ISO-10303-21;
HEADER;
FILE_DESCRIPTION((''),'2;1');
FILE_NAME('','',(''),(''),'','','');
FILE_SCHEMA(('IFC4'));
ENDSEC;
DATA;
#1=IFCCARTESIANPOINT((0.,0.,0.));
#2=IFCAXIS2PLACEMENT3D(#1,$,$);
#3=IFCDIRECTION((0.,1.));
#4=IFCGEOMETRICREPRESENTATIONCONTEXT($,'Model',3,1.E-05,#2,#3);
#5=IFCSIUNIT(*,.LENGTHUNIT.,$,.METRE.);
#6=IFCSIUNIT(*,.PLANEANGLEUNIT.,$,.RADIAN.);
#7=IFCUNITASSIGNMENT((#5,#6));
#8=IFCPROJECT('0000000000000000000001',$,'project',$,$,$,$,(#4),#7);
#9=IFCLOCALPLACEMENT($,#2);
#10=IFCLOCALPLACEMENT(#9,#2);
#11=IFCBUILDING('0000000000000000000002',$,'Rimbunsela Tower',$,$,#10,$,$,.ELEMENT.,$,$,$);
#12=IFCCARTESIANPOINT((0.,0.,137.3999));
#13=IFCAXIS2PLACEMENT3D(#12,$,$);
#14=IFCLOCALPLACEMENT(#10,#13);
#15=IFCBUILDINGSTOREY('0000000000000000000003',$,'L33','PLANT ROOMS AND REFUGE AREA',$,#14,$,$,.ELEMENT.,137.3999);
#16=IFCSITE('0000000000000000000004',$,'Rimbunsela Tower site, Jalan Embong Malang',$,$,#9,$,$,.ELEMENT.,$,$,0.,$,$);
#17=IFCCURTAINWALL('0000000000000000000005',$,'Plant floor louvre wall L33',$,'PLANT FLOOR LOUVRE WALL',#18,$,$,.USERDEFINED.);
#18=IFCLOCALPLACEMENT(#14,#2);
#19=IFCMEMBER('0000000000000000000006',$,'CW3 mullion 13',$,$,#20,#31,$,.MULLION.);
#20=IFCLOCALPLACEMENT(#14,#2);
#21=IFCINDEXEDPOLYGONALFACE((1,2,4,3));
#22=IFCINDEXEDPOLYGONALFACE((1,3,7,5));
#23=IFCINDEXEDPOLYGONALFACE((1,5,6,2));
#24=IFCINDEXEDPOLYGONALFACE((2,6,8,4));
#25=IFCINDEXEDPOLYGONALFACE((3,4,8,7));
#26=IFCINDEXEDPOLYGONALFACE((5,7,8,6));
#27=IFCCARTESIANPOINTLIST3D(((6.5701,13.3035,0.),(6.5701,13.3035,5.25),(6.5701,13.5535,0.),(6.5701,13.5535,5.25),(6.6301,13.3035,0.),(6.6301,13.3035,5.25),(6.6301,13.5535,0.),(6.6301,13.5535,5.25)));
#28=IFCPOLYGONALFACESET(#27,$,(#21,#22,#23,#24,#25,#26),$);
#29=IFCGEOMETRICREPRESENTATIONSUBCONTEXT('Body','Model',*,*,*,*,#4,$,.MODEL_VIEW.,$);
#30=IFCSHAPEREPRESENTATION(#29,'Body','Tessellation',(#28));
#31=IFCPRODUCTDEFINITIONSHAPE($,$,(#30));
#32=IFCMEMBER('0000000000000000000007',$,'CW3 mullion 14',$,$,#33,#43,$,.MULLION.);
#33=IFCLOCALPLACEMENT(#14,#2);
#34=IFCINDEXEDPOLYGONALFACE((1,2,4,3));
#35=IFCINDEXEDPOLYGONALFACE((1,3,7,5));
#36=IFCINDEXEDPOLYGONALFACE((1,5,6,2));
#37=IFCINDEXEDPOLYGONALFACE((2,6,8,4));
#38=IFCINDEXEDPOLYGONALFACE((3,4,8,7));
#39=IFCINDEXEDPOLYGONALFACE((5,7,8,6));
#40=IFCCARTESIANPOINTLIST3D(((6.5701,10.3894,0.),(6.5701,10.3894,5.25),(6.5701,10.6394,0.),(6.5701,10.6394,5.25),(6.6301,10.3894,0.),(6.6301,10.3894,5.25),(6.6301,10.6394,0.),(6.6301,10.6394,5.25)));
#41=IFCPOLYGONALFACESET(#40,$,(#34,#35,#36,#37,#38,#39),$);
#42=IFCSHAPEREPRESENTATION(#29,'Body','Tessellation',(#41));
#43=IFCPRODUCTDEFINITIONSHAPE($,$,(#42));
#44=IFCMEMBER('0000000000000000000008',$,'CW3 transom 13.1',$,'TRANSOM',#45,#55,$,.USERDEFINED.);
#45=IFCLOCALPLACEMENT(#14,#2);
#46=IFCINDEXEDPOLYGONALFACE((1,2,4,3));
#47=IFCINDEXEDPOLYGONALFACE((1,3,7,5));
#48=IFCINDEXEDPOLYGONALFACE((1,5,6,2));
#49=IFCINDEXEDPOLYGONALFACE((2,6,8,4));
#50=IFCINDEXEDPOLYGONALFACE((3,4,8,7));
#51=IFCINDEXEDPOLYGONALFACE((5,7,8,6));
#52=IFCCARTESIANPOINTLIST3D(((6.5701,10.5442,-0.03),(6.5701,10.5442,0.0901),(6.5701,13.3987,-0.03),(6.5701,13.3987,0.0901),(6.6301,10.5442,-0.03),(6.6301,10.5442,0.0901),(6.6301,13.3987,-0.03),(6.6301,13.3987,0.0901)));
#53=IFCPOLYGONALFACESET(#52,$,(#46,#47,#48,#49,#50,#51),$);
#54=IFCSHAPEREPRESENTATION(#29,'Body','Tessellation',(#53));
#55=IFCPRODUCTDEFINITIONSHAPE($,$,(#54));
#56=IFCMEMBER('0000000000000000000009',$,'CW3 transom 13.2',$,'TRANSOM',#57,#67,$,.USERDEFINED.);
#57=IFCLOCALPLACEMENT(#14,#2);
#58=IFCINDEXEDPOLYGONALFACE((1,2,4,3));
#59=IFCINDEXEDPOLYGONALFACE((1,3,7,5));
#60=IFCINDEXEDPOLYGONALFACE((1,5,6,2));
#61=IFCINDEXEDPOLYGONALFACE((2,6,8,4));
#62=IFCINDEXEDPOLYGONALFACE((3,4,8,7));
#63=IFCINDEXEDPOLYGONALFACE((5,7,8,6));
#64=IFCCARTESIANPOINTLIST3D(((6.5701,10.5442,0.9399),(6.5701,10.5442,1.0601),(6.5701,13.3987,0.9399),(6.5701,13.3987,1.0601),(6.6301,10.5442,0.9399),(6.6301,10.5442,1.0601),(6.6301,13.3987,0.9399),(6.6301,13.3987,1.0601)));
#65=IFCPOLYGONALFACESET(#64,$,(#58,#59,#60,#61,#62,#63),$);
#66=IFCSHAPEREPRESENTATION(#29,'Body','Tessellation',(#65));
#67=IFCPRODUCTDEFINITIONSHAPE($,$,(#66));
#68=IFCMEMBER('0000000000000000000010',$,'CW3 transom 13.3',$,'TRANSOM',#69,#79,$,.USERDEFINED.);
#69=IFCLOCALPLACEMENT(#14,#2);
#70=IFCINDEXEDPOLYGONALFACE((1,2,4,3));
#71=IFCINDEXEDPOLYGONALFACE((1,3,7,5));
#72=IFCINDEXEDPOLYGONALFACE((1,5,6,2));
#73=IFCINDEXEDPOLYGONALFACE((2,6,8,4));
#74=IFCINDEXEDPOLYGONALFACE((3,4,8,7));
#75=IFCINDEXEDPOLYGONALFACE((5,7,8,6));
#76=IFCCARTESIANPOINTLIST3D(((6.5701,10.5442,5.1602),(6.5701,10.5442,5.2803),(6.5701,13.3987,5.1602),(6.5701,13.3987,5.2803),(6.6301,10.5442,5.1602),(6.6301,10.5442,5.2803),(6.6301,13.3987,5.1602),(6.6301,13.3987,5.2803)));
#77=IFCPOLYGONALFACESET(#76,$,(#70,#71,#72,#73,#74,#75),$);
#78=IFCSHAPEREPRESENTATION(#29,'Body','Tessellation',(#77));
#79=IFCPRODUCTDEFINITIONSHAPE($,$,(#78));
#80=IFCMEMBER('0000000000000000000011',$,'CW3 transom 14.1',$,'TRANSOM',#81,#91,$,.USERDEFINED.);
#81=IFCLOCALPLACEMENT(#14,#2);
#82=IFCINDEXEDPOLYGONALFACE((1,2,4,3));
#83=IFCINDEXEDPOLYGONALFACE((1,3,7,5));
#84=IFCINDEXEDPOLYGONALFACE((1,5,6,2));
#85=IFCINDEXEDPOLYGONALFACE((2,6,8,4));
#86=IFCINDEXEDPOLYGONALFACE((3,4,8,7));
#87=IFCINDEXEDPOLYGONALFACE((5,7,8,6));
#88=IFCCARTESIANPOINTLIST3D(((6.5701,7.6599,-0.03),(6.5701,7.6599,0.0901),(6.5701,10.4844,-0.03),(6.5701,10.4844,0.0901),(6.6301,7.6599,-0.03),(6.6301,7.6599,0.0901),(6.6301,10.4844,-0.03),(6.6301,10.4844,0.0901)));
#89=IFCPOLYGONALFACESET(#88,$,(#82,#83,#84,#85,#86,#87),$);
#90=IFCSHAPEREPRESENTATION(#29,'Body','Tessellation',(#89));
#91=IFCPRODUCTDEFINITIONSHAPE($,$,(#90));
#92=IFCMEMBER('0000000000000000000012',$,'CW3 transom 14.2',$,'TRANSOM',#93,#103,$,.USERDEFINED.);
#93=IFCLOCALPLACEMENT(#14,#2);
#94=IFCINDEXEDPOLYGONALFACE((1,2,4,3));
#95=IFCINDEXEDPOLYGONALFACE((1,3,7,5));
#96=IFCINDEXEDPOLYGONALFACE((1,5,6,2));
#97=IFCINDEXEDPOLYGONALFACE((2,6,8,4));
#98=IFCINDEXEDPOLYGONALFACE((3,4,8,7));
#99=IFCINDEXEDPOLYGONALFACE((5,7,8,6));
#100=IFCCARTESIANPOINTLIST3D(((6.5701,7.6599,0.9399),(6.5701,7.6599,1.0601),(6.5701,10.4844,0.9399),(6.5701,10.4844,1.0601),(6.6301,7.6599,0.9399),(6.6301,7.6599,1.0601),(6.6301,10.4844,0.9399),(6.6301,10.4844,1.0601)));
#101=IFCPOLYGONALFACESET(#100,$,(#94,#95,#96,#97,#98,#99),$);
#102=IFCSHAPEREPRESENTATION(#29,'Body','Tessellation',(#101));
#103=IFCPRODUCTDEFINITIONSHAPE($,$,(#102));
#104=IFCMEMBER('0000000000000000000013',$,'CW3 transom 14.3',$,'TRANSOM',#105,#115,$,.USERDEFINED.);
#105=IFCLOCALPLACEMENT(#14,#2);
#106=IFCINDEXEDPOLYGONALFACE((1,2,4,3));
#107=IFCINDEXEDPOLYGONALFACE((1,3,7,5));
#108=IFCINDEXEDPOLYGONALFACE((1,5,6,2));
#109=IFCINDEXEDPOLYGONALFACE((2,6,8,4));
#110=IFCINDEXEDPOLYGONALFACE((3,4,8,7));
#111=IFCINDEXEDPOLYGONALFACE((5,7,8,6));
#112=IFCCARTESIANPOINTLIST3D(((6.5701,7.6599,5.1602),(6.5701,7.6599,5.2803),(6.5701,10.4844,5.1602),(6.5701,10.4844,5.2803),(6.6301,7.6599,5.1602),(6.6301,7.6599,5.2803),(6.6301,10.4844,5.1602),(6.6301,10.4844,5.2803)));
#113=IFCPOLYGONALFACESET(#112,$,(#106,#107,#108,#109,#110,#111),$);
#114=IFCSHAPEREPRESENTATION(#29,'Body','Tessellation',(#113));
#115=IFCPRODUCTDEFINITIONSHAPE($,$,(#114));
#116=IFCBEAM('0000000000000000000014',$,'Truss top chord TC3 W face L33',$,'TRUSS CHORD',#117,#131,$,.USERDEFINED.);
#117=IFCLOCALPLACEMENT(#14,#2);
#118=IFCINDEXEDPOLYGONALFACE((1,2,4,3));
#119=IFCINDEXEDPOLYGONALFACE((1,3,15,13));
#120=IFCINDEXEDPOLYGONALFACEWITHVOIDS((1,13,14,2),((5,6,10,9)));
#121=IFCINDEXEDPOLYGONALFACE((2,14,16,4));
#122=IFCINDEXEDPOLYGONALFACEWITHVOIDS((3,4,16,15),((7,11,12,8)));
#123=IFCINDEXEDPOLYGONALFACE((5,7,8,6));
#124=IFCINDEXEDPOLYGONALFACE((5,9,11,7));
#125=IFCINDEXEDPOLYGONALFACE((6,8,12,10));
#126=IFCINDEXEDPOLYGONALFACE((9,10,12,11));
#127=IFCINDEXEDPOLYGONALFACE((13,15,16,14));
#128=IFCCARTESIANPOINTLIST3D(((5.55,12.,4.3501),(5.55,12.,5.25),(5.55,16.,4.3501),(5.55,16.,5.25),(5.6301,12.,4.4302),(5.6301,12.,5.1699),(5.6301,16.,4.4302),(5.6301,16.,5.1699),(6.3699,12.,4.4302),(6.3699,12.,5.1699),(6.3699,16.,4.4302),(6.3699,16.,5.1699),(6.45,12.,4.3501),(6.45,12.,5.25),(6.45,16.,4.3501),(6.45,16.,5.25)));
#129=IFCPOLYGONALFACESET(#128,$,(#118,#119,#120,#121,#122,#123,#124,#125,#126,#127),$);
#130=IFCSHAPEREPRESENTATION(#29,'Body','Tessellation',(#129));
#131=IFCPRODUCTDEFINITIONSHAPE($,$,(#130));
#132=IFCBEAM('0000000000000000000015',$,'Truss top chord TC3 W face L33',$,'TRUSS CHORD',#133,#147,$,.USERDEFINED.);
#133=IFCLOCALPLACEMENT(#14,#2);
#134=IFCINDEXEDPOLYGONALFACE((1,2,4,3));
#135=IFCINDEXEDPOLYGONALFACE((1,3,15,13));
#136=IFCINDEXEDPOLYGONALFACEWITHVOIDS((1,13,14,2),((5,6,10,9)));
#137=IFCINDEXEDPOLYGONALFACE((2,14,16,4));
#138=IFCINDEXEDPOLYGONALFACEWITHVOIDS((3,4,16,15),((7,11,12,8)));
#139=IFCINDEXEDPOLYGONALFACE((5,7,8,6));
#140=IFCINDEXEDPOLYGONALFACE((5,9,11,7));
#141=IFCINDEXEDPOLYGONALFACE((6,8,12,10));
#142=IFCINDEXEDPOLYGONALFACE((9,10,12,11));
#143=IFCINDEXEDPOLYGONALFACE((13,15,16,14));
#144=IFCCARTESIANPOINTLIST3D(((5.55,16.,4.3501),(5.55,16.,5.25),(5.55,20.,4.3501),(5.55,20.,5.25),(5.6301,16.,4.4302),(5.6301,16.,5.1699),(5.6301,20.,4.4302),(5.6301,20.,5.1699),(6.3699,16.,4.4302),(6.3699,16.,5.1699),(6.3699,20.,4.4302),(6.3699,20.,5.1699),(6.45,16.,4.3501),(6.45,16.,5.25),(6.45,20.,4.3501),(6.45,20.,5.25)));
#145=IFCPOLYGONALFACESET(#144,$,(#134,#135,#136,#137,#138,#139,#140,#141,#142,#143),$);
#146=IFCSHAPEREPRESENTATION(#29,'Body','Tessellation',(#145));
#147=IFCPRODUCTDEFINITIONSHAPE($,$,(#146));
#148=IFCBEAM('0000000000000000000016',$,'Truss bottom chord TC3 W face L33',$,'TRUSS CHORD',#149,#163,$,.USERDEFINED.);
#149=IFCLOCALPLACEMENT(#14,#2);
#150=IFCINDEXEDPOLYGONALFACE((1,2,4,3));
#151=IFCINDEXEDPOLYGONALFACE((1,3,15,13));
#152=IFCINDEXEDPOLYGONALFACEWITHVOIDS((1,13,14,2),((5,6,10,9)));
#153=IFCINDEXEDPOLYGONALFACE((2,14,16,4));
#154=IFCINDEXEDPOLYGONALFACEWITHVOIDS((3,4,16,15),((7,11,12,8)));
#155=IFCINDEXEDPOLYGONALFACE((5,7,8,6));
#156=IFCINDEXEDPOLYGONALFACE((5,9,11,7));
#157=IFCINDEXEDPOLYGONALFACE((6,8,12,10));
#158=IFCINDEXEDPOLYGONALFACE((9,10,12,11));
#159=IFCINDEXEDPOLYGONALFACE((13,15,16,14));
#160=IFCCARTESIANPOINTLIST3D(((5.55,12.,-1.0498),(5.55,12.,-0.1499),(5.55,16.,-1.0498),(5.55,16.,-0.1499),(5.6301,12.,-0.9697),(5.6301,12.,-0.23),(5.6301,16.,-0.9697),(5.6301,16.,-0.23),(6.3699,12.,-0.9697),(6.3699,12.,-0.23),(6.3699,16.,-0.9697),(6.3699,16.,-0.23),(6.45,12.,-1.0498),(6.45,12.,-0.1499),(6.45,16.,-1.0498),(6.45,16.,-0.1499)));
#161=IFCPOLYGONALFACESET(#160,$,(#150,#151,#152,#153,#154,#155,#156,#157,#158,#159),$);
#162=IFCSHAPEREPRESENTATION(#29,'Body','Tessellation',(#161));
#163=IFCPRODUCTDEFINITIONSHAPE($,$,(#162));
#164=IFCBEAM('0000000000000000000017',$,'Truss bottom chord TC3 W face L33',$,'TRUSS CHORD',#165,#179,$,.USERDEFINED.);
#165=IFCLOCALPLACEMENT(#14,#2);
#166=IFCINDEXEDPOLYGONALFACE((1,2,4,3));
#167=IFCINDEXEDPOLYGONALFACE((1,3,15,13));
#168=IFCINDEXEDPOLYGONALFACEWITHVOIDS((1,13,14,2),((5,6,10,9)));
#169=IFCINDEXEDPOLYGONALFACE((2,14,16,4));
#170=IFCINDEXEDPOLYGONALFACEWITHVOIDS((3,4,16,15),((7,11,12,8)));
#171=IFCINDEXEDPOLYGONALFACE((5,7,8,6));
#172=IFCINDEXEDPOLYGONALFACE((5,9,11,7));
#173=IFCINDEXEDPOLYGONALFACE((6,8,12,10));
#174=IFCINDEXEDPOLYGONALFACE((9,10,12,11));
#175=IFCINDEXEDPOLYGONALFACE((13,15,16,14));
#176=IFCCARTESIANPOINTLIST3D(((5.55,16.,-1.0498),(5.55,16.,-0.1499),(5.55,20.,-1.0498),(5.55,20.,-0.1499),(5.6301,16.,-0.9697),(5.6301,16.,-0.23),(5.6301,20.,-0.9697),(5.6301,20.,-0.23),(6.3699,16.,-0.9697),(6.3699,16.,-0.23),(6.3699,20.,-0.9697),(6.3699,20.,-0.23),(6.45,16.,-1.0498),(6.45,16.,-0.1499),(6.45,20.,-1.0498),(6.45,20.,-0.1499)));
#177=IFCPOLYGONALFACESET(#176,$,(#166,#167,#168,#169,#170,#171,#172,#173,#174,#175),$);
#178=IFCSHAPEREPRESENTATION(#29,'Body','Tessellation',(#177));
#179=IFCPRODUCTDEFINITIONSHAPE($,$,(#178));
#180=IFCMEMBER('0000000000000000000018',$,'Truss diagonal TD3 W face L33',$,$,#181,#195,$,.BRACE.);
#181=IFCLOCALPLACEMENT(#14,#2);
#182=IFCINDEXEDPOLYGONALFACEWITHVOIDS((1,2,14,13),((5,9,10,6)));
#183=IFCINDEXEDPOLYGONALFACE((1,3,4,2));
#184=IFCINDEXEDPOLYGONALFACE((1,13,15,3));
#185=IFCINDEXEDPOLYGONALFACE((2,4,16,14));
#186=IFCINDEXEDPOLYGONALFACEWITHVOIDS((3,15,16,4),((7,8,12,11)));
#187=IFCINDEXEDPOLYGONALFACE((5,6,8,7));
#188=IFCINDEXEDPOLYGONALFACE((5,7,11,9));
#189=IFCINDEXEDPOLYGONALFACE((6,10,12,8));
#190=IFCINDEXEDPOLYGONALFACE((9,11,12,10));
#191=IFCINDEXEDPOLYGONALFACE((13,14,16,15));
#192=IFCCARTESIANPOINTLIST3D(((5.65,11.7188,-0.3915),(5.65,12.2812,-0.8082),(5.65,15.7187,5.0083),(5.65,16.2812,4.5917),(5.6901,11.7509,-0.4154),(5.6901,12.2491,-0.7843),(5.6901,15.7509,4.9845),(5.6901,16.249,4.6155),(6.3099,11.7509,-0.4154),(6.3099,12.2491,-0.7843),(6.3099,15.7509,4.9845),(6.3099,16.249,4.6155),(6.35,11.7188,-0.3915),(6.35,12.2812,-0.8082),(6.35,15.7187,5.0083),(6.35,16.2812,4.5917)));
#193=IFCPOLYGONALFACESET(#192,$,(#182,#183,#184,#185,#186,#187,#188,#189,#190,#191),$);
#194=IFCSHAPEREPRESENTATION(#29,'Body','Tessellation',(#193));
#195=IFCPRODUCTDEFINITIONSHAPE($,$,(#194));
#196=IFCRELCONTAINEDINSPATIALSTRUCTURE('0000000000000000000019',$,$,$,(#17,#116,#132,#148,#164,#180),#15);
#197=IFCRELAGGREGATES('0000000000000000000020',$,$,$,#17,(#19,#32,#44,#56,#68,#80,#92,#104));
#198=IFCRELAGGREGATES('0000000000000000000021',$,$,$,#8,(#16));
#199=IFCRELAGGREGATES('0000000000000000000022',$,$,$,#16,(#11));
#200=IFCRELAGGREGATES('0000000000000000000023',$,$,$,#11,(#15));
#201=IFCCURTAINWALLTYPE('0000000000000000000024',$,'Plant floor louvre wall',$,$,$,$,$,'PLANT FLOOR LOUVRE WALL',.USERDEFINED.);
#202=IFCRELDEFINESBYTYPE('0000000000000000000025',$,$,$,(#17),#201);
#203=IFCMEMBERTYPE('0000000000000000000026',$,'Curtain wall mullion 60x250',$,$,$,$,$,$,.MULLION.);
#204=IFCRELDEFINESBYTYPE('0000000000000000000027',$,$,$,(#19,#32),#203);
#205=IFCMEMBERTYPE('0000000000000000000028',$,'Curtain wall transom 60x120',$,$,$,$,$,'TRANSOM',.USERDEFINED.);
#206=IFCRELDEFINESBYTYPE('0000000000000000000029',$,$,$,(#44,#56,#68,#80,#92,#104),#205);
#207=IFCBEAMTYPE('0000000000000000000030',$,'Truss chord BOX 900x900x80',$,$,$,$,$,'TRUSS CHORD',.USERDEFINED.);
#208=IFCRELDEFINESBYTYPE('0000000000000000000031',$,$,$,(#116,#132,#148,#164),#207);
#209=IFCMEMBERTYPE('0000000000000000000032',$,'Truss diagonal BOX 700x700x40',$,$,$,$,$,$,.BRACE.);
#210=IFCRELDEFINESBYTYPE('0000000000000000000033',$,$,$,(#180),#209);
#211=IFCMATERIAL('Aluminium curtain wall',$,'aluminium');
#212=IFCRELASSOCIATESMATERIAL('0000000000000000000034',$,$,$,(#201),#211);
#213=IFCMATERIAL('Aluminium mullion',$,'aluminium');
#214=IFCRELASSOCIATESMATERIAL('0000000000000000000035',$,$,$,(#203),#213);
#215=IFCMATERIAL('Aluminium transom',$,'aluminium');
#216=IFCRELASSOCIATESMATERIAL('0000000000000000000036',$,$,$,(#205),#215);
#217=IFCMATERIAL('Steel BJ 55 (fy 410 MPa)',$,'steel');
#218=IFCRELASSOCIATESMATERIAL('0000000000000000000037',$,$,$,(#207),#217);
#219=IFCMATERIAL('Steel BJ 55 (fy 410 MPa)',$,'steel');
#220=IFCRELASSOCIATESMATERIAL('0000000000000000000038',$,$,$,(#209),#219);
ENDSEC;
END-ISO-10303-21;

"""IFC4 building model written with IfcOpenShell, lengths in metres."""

from ifc_helpers import new_model, si_unit, direction, frame, origin, origin_2d, place, context, subcontext, project, spatial, rectangle, hollow_rectangle, extrude, material, material_profile, profile_set, type_object, element, aggregate, save


model = new_model("IFC4")

# Units and contexts
model_context = context("Model", 3, precision=1e-05, world=origin(), true_north=direction((0.0, 1.0)))
body_context = subcontext(model_context, "Body", "Model", "MODEL_VIEW")
ifc_project = project(units=[si_unit("LENGTHUNIT", "METRE"), si_unit("PLANEANGLEUNIT", "RADIAN")], contexts=[model_context])

# Site, building, storey
site_placement = place(None, origin())
site = spatial("IfcSite", under=ifc_project, at=site_placement, Name="Rimbunsela Tower site, Jalan Embong Malang", CompositionType="ELEMENT", RefElevation=0.0)
building_placement = place(site_placement, origin())
building = spatial("IfcBuilding", under=site, at=building_placement, Name="Rimbunsela Tower", CompositionType="ELEMENT")
storey_placement = place(building_placement, frame((0.0, 0.0, 137.3999)))
storey = spatial("IfcBuildingStorey", under=building, at=storey_placement, Name="L33", Description="PLANT ROOMS AND REFUGE AREA", CompositionType="ELEMENT", Elevation=137.3999)

# Curtain wall, members
ifc_material_1 = material(Name="Aluminium curtain wall", Category="aluminium")
curtain_wall_type = type_object("IfcCurtainWallType", Name="Plant floor louvre wall", ElementType="PLANT FLOOR LOUVRE WALL", PredefinedType="USERDEFINED", material=ifc_material_1)
curtain_wall_placement = place(storey_placement, origin())
curtain_wall = element("IfcCurtainWall", 1, at=curtain_wall_placement, inside=storey, type_object=curtain_wall_type, Name="Plant floor louvre wall L33", ObjectType="PLANT FLOOR LOUVRE WALL", PredefinedType="USERDEFINED")
ifc_material_2 = material(Name="Aluminium mullion", Category="aluminium")
ifc_material_profile_1 = material_profile(ifc_material_2, rectangle(XDim=0.0601, YDim=0.25, at=origin_2d()), Name="Mullion 60x250")
ifc_profile_set_1 = profile_set([ifc_material_profile_1], Name="Aluminium mullion")
member_type_1 = type_object("IfcMemberType", Name="Curtain wall mullion 60x250", PredefinedType="MULLION", material=ifc_profile_set_1)
member_1_placement = place(storey_placement, frame((6.6001, 13.4285, 0.0), z_axis=(0.0, 0.0, 1.0), x_axis=(1.0, 0.0, 0.0)))
member_1 = element("IfcMember", 2, at=member_1_placement, type_object=member_type_1, Name="CW3 mullion 13", PredefinedType="MULLION", context=body_context, shape_type="SweptSolid", body=[
    extrude(rectangle(XDim=0.0601, YDim=0.25, at=origin_2d()), origin(), (0.0, 0.0, 1.0), 5.25),
])
member_2_placement = place(storey_placement, frame((6.6001, 10.5144, 0.0), z_axis=(0.0, 0.0, 1.0), x_axis=(1.0, 0.0, 0.0)))
member_2 = element("IfcMember", 3, at=member_2_placement, type_object=member_type_1, Name="CW3 mullion 14", PredefinedType="MULLION", context=body_context, shape_type="SweptSolid", body=[
    extrude(rectangle(XDim=0.0601, YDim=0.25, at=origin_2d()), origin(), (0.0, 0.0, 1.0), 5.25),
])
ifc_material_3 = material(Name="Aluminium transom", Category="aluminium")
ifc_material_profile_2 = material_profile(ifc_material_3, rectangle(XDim=0.0601, YDim=0.1201, at=origin_2d()), Name="Transom 60x120")
ifc_profile_set_2 = profile_set([ifc_material_profile_2], Name="Aluminium transom")
member_type_2 = type_object("IfcMemberType", Name="Curtain wall transom 60x120", ElementType="TRANSOM", PredefinedType="USERDEFINED", material=ifc_profile_set_2)
member_3_placement = place(storey_placement, frame((6.6001, 13.3987, 0.03), z_axis=(0.0, -1.0, 0.0), x_axis=(1.0, 0.0, 0.0)))
member_3 = element("IfcMember", 4, at=member_3_placement, type_object=member_type_2, Name="CW3 transom 13.1", ObjectType="TRANSOM", PredefinedType="USERDEFINED", context=body_context, shape_type="SweptSolid", body=[
    extrude(rectangle(XDim=0.0601, YDim=0.1201, at=origin_2d()), origin(), (0.0, 0.0, 1.0), 2.8545),
])
member_4_placement = place(storey_placement, frame((6.6001, 13.3987, 1.0), z_axis=(0.0, -1.0, 0.0), x_axis=(1.0, 0.0, 0.0)))
member_4 = element("IfcMember", 5, at=member_4_placement, type_object=member_type_2, Name="CW3 transom 13.2", ObjectType="TRANSOM", PredefinedType="USERDEFINED", context=body_context, shape_type="SweptSolid", body=[
    extrude(rectangle(XDim=0.0601, YDim=0.1201, at=origin_2d()), origin(), (0.0, 0.0, 1.0), 2.8545),
])
member_5_placement = place(storey_placement, frame((6.6001, 13.3987, 5.2202), z_axis=(0.0, -1.0, 0.0), x_axis=(1.0, 0.0, 0.0)))
member_5 = element("IfcMember", 6, at=member_5_placement, type_object=member_type_2, Name="CW3 transom 13.3", ObjectType="TRANSOM", PredefinedType="USERDEFINED", context=body_context, shape_type="SweptSolid", body=[
    extrude(rectangle(XDim=0.0601, YDim=0.1201, at=origin_2d()), origin(), (0.0, 0.0, 1.0), 2.8545),
])
member_6_placement = place(storey_placement, frame((6.6001, 10.4844, 0.03), z_axis=(0.0, -1.0, 0.0), x_axis=(1.0, 0.0, 0.0)))
member_6 = element("IfcMember", 7, at=member_6_placement, type_object=member_type_2, Name="CW3 transom 14.1", ObjectType="TRANSOM", PredefinedType="USERDEFINED", context=body_context, shape_type="SweptSolid", body=[
    extrude(rectangle(XDim=0.0601, YDim=0.1201, at=origin_2d()), origin(), (0.0, 0.0, 1.0), 2.8245),
])
member_7_placement = place(storey_placement, frame((6.6001, 10.4844, 1.0), z_axis=(0.0, -1.0, 0.0), x_axis=(1.0, 0.0, 0.0)))
member_7 = element("IfcMember", 8, at=member_7_placement, type_object=member_type_2, Name="CW3 transom 14.2", ObjectType="TRANSOM", PredefinedType="USERDEFINED", context=body_context, shape_type="SweptSolid", body=[
    extrude(rectangle(XDim=0.0601, YDim=0.1201, at=origin_2d()), origin(), (0.0, 0.0, 1.0), 2.8245),
])
member_8_placement = place(storey_placement, frame((6.6001, 10.4844, 5.2202), z_axis=(0.0, -1.0, 0.0), x_axis=(1.0, 0.0, 0.0)))
member_8 = element("IfcMember", 9, at=member_8_placement, type_object=member_type_2, Name="CW3 transom 14.3", ObjectType="TRANSOM", PredefinedType="USERDEFINED", context=body_context, shape_type="SweptSolid", body=[
    extrude(rectangle(XDim=0.0601, YDim=0.1201, at=origin_2d()), origin(), (0.0, 0.0, 1.0), 2.8245),
])

# Beams
ifc_material_4 = material(Name="Steel BJ 55 (fy 410 MPa)", Category="steel")
ifc_material_profile_3 = material_profile(ifc_material_4, hollow_rectangle(XDim=0.8999, YDim=0.8999, WallThickness=0.0801, at=origin_2d()), Name="BOX 900x900x80")
ifc_profile_set_3 = profile_set([ifc_material_profile_3], Name="Steel BJ 55 (fy 410 MPa)")
beam_type = type_object("IfcBeamType", Name="Truss chord BOX 900x900x80", ElementType="TRUSS CHORD", PredefinedType="USERDEFINED", material=ifc_profile_set_3)
for number, where, z_axis, x_axis, name in (
    (10, (6.0, 12.0, 4.8), (0.0, 1.0, 0.0), (-1.0, 0.0, 0.0), "Truss top chord TC3 W face L33"),
    (11, (6.0, 16.0, 4.8), (0.0, 1.0, 0.0), (-1.0, 0.0, 0.0), "Truss top chord TC3 W face L33"),
    (12, (6.0, 12.0, -0.5999), (0.0, 1.0, 0.0), (-1.0, 0.0, 0.0), "Truss bottom chord TC3 W face L33"),
    (13, (6.0, 16.0, -0.5999), (0.0, 1.0, 0.0), (-1.0, 0.0, 0.0), "Truss bottom chord TC3 W face L33"),
):
    element("IfcBeam", number, at=place(storey_placement, frame(where, z_axis=z_axis, x_axis=x_axis)), inside=storey, type_object=beam_type, Name=name, ObjectType="TRUSS CHORD", PredefinedType="USERDEFINED", context=body_context, shape_type="SweptSolid", body=[
        extrude(hollow_rectangle(XDim=0.8999, YDim=0.8999, WallThickness=0.0801, at=origin_2d()), origin(), (0.0, 0.0, 1.0), 4.0),
    ])

# Member
ifc_material_5 = material(Name="Steel BJ 55 (fy 410 MPa)", Category="steel")
ifc_material_profile_4 = material_profile(ifc_material_5, hollow_rectangle(XDim=0.7, YDim=0.7, WallThickness=0.04, at=origin_2d()), Name="BOX 700x700x40")
ifc_profile_set_4 = profile_set([ifc_material_profile_4], Name="Steel BJ 55 (fy 410 MPa)")
member_type_3 = type_object("IfcMemberType", Name="Truss diagonal BOX 700x700x40", PredefinedType="BRACE", material=ifc_profile_set_4)
for number, where, z_axis, x_axis, name in (
    (14, (6.0, 12.0, -0.5999), (0.0, 0.595235, 0.803552), (-1.0, 0.0, 0.0), "Truss diagonal TD3 W face L33"),
):
    element("IfcMember", number, at=place(storey_placement, frame(where, z_axis=z_axis, x_axis=x_axis)), inside=storey, type_object=member_type_3, Name=name, PredefinedType="BRACE", context=body_context, shape_type="SweptSolid", body=[
        extrude(hollow_rectangle(XDim=0.7, YDim=0.7, WallThickness=0.04, at=origin_2d()), origin(), (0.0, 0.0, 1.0), 6.72),
    ])

aggregate(curtain_wall, [member_1, member_2, member_3, member_4, member_5, member_6, member_7, member_8])

save(model, "model.ifc")
